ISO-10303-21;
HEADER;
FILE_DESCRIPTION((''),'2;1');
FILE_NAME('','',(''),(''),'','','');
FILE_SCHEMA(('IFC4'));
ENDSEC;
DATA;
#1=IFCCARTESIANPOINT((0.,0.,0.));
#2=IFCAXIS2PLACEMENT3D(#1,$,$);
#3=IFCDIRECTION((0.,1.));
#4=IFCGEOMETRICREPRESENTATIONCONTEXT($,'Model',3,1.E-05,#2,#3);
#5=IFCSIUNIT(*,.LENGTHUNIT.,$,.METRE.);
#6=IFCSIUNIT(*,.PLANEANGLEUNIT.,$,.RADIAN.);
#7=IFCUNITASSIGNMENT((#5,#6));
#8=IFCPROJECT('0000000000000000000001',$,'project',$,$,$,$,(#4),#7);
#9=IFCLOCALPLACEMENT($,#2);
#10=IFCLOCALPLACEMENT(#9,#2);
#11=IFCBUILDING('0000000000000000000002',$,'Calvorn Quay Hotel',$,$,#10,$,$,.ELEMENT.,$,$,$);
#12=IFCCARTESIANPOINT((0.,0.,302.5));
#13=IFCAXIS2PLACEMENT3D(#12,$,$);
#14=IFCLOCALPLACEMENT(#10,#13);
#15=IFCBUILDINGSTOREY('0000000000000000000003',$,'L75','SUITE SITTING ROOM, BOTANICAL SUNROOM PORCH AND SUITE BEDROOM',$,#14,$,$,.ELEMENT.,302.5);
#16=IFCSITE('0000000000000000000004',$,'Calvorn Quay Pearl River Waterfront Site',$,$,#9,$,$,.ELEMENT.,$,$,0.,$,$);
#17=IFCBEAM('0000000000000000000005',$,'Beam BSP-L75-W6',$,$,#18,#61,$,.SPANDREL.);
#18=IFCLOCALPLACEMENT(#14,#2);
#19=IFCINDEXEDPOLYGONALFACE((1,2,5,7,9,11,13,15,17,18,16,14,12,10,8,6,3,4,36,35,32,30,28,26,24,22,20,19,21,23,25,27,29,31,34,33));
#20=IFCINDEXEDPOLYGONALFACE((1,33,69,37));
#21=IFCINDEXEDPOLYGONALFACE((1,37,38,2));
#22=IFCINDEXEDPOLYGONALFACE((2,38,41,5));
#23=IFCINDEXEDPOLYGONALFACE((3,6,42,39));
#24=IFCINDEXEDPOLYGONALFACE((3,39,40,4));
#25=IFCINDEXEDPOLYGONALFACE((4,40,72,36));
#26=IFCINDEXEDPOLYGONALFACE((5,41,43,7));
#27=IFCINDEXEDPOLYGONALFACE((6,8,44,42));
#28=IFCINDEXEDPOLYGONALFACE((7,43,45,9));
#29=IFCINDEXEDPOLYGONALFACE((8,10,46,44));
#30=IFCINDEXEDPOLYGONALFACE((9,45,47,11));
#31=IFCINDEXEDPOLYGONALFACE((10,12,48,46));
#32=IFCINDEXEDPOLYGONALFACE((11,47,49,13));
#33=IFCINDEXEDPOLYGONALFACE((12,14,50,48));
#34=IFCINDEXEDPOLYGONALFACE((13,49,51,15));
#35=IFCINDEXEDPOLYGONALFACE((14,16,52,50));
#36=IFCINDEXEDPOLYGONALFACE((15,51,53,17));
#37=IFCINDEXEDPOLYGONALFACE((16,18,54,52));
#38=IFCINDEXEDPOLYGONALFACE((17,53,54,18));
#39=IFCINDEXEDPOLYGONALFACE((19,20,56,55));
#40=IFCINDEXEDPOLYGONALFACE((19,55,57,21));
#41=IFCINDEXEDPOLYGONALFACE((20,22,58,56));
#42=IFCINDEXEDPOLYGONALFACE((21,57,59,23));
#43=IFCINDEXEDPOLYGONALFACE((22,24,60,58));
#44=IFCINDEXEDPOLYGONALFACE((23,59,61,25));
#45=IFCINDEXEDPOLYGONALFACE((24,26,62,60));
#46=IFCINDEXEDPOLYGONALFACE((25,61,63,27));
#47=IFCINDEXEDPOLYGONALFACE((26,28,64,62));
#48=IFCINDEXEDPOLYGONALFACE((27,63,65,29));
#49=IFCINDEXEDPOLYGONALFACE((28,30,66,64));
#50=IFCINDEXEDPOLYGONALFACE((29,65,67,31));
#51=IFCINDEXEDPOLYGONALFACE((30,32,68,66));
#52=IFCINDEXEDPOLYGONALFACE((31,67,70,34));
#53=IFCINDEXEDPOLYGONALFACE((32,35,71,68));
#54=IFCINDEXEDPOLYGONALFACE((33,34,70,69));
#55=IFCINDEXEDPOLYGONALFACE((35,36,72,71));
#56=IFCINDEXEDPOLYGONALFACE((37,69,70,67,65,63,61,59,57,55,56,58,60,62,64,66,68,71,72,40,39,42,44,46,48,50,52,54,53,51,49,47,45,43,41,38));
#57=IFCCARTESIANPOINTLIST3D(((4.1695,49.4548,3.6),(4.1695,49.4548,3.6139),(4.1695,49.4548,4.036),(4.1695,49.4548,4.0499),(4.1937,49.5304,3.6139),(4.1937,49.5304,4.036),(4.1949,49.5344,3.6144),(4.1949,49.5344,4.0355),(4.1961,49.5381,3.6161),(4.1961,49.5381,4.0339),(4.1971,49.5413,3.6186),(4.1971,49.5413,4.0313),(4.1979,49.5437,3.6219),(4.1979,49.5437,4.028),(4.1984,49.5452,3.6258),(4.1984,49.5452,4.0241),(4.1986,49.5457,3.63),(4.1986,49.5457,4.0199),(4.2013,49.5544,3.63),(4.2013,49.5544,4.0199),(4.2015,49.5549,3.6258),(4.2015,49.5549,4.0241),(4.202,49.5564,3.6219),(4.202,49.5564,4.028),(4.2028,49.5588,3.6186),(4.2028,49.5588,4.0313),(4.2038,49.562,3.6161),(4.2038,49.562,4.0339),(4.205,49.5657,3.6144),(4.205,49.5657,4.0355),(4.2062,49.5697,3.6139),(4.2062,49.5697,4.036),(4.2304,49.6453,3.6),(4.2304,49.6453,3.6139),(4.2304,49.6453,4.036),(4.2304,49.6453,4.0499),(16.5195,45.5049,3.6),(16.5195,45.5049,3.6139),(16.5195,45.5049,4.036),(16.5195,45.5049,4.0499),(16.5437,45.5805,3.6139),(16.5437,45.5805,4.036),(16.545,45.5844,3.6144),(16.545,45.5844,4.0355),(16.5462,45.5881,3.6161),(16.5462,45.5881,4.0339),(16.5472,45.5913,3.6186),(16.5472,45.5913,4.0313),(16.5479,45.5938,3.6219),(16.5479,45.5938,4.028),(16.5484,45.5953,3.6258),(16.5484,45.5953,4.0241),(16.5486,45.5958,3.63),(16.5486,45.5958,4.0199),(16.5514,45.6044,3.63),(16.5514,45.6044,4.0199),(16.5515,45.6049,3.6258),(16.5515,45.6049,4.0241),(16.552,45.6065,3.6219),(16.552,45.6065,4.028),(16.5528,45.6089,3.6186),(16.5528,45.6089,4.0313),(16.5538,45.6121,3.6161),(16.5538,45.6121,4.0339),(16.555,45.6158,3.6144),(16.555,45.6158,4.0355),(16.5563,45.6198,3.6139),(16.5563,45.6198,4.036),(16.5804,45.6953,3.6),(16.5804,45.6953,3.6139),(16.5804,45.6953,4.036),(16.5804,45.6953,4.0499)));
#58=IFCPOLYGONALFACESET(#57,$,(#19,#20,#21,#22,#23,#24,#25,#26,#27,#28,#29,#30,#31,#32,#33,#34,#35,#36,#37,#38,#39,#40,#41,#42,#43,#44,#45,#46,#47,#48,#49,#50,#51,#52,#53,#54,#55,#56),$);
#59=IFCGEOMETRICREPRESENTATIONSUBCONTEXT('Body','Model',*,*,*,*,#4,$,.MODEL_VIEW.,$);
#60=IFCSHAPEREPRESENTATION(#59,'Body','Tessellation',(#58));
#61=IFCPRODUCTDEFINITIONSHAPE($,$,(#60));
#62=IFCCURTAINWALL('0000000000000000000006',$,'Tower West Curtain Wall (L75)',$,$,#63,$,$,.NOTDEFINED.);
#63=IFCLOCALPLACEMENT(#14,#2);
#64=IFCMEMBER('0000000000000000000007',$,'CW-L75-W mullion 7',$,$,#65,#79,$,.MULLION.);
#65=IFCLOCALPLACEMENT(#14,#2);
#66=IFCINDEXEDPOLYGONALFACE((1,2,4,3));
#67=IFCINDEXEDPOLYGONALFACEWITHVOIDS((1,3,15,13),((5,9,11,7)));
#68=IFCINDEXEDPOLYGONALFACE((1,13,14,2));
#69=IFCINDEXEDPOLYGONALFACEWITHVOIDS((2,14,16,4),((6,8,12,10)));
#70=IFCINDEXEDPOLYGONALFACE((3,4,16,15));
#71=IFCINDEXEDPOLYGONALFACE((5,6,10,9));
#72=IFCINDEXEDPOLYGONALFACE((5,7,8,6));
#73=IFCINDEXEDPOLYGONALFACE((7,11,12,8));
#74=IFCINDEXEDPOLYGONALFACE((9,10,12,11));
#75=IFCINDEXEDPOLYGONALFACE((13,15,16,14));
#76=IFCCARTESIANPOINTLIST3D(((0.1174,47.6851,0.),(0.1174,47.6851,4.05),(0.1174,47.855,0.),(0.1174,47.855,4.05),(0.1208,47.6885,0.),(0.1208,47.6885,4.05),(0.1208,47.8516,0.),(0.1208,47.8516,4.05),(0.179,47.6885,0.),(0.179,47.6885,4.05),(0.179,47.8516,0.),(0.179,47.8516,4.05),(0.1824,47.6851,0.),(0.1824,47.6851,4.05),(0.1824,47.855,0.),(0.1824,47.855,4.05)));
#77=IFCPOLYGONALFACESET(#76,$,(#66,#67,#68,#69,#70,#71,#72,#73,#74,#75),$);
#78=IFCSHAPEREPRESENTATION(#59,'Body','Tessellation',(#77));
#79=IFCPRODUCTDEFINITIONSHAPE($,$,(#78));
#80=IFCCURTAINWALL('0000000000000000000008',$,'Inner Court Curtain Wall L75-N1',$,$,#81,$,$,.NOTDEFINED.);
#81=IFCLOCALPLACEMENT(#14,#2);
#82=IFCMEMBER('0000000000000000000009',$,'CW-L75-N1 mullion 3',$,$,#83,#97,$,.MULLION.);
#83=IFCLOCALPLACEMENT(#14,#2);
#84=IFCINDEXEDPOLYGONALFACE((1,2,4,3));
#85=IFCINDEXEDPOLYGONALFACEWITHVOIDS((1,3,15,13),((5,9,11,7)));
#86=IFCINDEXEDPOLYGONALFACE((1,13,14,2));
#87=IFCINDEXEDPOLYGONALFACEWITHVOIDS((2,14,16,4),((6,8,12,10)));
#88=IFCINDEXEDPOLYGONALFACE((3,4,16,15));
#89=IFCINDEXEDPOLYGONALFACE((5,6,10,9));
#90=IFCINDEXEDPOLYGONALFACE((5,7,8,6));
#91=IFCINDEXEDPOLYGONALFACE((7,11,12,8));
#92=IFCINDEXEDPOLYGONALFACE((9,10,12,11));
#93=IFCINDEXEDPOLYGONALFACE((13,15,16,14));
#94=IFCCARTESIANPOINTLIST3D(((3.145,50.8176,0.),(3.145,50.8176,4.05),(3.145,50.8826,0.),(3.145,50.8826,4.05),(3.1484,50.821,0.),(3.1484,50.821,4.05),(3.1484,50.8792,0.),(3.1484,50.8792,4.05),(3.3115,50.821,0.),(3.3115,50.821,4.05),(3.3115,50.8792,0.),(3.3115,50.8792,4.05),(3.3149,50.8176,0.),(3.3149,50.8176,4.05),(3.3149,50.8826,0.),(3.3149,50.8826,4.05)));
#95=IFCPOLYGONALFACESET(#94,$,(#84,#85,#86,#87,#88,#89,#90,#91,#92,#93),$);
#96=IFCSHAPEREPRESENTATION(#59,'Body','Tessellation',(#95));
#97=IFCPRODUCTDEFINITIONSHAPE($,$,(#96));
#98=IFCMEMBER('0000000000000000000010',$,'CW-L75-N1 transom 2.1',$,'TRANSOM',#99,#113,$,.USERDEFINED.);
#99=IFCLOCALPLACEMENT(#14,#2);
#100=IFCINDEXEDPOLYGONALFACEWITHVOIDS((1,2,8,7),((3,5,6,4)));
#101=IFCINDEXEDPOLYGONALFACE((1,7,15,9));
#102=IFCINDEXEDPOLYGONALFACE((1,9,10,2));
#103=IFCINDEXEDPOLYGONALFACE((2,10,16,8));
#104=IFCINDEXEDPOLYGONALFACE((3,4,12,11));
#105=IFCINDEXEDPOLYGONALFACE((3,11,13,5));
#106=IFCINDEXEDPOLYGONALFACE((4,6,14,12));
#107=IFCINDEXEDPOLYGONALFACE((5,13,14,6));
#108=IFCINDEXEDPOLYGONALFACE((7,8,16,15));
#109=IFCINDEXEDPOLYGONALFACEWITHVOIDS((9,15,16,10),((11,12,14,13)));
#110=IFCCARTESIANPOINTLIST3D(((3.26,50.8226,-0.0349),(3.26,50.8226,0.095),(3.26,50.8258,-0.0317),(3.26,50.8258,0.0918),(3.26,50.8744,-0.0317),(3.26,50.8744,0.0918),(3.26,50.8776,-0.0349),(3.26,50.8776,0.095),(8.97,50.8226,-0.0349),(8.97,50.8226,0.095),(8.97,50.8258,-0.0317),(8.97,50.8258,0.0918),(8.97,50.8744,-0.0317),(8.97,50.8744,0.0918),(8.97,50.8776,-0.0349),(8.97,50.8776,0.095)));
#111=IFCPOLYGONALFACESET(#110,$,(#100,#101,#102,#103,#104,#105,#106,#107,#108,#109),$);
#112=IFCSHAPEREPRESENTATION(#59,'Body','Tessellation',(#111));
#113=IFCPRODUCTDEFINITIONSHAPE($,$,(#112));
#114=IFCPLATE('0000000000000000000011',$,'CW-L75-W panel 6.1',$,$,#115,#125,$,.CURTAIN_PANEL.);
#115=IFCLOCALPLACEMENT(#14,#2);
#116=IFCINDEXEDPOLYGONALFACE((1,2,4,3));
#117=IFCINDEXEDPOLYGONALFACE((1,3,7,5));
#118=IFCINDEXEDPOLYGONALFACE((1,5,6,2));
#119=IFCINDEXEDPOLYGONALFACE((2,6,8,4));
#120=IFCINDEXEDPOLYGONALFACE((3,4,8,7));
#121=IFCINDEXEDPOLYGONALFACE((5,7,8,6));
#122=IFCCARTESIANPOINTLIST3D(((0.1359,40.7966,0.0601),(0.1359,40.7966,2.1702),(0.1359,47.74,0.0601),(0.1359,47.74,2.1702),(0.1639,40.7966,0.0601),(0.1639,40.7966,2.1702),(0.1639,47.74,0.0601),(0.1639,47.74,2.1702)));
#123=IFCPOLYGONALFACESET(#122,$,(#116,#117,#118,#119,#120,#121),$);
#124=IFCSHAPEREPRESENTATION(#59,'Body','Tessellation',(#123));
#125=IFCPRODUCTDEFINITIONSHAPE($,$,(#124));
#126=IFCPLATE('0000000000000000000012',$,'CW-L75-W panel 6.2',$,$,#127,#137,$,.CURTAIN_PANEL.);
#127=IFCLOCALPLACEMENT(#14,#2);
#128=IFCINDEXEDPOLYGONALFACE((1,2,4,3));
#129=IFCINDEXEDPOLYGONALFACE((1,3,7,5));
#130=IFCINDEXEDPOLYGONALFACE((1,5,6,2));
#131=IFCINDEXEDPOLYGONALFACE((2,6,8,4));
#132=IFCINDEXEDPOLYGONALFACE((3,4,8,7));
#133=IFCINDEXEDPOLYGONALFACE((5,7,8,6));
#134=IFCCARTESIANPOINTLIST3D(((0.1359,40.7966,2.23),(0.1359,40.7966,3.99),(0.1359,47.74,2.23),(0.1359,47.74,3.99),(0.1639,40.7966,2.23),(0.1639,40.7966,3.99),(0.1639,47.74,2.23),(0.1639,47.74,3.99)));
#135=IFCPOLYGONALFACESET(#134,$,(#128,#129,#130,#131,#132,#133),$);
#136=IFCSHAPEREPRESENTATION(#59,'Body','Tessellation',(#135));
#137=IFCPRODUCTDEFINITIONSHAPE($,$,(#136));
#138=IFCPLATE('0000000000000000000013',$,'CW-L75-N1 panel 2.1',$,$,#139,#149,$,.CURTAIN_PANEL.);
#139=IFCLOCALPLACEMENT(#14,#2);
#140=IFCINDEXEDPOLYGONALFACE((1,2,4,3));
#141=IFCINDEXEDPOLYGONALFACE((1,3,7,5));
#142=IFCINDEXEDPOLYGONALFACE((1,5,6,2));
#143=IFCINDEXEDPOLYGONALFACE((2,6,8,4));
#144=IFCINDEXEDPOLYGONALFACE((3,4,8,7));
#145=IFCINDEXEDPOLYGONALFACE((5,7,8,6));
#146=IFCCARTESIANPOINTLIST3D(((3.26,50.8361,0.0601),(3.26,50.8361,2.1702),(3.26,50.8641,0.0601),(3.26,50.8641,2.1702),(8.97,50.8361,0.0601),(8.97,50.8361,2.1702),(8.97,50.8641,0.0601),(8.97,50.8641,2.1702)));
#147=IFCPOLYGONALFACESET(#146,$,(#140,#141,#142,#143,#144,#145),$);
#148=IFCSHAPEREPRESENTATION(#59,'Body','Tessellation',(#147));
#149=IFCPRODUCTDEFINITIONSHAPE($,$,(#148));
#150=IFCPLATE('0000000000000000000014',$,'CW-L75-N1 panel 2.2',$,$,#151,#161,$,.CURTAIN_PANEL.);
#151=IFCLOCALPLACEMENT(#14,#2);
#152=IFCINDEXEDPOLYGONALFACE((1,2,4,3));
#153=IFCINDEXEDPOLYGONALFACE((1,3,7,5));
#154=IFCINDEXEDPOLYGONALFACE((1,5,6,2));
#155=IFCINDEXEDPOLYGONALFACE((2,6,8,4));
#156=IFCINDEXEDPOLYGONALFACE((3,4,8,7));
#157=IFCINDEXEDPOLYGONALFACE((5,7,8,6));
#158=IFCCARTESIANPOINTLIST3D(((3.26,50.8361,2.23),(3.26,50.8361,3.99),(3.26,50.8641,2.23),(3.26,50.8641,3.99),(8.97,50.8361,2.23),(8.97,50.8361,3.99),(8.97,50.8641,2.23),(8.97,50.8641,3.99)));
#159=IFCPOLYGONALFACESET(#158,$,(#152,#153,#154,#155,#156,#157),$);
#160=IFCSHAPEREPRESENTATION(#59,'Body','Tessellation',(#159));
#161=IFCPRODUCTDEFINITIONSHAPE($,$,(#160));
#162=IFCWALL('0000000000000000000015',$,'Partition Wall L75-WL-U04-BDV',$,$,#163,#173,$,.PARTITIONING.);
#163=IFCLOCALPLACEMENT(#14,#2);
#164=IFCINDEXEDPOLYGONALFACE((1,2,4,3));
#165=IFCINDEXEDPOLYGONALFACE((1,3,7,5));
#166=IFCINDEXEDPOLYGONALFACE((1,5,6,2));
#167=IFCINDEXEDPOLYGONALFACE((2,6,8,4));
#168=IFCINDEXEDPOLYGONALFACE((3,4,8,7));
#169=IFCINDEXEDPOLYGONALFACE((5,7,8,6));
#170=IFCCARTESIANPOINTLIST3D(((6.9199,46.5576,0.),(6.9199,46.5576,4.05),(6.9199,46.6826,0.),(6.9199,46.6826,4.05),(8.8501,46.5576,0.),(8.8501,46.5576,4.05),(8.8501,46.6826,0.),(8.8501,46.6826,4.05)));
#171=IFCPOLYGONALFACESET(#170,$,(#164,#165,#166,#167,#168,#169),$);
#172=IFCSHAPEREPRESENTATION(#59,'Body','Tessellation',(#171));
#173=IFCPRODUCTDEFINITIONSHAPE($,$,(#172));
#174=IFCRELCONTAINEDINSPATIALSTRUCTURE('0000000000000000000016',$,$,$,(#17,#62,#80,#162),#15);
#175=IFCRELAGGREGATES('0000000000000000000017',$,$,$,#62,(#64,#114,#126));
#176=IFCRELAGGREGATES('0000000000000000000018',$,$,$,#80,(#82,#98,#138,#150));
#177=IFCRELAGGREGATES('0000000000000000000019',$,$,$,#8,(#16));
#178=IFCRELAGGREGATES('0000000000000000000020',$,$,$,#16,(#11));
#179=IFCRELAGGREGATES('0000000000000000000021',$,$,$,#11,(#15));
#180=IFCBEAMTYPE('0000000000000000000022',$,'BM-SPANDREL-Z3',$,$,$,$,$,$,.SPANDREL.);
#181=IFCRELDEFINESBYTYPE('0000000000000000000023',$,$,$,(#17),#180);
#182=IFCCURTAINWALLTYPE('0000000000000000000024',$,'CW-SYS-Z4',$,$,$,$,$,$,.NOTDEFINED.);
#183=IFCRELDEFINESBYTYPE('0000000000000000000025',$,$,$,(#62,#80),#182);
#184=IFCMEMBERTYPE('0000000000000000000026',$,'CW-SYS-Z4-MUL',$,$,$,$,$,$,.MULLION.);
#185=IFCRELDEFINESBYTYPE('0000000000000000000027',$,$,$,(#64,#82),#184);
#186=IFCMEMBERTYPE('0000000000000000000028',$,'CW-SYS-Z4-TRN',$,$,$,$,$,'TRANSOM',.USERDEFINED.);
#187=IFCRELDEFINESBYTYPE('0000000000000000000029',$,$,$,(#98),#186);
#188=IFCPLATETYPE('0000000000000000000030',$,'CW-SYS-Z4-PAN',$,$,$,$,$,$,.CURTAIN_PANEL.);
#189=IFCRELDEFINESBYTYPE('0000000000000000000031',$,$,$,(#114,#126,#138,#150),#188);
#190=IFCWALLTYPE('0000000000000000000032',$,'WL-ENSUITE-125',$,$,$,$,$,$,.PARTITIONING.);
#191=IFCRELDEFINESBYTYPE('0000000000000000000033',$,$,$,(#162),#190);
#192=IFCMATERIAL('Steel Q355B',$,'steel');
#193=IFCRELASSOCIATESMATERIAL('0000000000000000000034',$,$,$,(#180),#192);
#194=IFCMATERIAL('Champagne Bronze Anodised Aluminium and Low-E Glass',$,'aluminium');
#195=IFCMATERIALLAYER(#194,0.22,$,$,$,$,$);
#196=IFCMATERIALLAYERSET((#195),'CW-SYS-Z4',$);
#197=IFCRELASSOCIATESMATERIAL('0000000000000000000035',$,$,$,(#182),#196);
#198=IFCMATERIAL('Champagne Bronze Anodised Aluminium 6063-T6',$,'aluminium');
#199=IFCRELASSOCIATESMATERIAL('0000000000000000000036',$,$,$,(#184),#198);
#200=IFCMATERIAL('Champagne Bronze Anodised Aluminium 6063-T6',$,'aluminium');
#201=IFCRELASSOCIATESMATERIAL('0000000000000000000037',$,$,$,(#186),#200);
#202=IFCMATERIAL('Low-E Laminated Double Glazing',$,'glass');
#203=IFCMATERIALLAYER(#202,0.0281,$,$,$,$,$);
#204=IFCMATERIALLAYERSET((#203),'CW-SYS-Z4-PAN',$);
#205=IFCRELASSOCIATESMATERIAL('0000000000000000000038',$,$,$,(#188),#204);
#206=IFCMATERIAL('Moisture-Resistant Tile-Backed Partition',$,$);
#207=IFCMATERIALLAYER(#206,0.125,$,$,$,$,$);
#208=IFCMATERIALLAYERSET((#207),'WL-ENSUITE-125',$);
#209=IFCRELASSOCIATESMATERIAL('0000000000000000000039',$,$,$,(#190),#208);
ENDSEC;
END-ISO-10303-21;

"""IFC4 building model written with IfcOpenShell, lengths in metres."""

from ifc_helpers import new_model, si_unit, direction, frame, frame_2d, origin, origin_2d, place, context, subcontext, project, spatial, rectangle, hollow_rectangle, i_section, extrude, material, layer, layer_set, material_profile, profile_set, type_object, element, aggregate, save


model = new_model("IFC4")

# Units and contexts
model_context = context("Model", 3, precision=1e-05, world=origin(), true_north=direction((0.0, 1.0)))
body_context = subcontext(model_context, "Body", "Model", "MODEL_VIEW")
ifc_project = project(units=[si_unit("LENGTHUNIT", "METRE"), si_unit("PLANEANGLEUNIT", "RADIAN")], contexts=[model_context])

# Site, building, storey
site_placement = place(None, origin())
site = spatial("IfcSite", under=ifc_project, at=site_placement, Name="Calvorn Quay Pearl River Waterfront Site", CompositionType="ELEMENT", RefElevation=0.0)
building_placement = place(site_placement, origin())
building = spatial("IfcBuilding", under=site, at=building_placement, Name="Calvorn Quay Hotel", CompositionType="ELEMENT")
storey_placement = place(building_placement, frame((0.0, 0.0, 302.5)))
storey = spatial("IfcBuildingStorey", under=building, at=storey_placement, Name="L75", Description="SUITE SITTING ROOM, BOTANICAL SUNROOM PORCH AND SUITE BEDROOM", CompositionType="ELEMENT", Elevation=302.5)

# Beam
ifc_material_1 = material(Name="Steel Q355B", Category="steel")
ifc_material_profile_1 = material_profile(ifc_material_1, i_section(OverallWidth=0.2, OverallDepth=0.45, WebThickness=0.009, FlangeThickness=0.0139, FilletRadius=0.0161, at=origin_2d()), Name="HN450x200x9x14")
ifc_profile_set_1 = profile_set([ifc_material_profile_1], Name="Steel Q355B")
beam_type_1 = type_object("IfcBeamType", Name="BM-SPANDREL-Z3", PredefinedType="SPANDREL", material=ifc_profile_set_1)
beam_1_placement = place(storey_placement, frame((4.2, 49.55, 3.825), z_axis=(0.952471, -0.30463, 0.0), x_axis=(0.30463, 0.952471, 0.0)))
element("IfcBeam", 1, at=beam_1_placement, inside=storey, type_object=beam_type_1, Name="Beam BSP-L75-W6", PredefinedType="SPANDREL", context=body_context, shape_type="SweptSolid", body=[
    extrude(i_section(OverallWidth=0.2, OverallDepth=0.45, WebThickness=0.009, FlangeThickness=0.0139, FilletRadius=0.0161, at=origin_2d()), origin(), (0.0, 0.0, 1.0), 12.9663),
])

# Curtain wall, member
ifc_material_2 = material(Name="Champagne Bronze Anodised Aluminium and Low-E Glass", Category="aluminium")
ifc_layer_1 = layer(ifc_material_2, 0.22)
ifc_layer_set_1 = layer_set([ifc_layer_1], Name="CW-SYS-Z4")
curtain_wall_type = type_object("IfcCurtainWallType", Name="CW-SYS-Z4", PredefinedType="NOTDEFINED", material=ifc_layer_set_1)
curtain_wall_1_placement = place(storey_placement, origin())
curtain_wall_1 = element("IfcCurtainWall", 2, at=curtain_wall_1_placement, inside=storey, type_object=curtain_wall_type, Name="Tower West Curtain Wall (L75)", PredefinedType="NOTDEFINED")
ifc_material_3 = material(Name="Champagne Bronze Anodised Aluminium 6063-T6", Category="aluminium")
ifc_material_profile_2 = material_profile(ifc_material_3, hollow_rectangle(XDim=0.0649, YDim=0.1699, WallThickness=0.0034, at=origin_2d()), Name="ALU-M170x65x3.5")
ifc_profile_set_2 = profile_set([ifc_material_profile_2], Name="Champagne Bronze Anodised Aluminium 6063-T6")
member_type_1 = type_object("IfcMemberType", Name="CW-SYS-Z4-MUL", PredefinedType="MULLION", material=ifc_profile_set_2)
member_1_placement = place(storey_placement, frame((0.1499, 47.77, 0.0), z_axis=(0.0, 0.0, 1.0), x_axis=(-1.0, 0.0, 0.0)))
member_1 = element("IfcMember", 3, at=member_1_placement, type_object=member_type_1, Name="CW-L75-W mullion 7", PredefinedType="MULLION", context=body_context, shape_type="SweptSolid", body=[
    extrude(hollow_rectangle(XDim=0.0649, YDim=0.1699, WallThickness=0.0034, at=origin_2d()), origin(), (0.0, 0.0, 1.0), 4.05),
])

# Curtain wall, members
curtain_wall_2_placement = place(storey_placement, origin())
curtain_wall_2 = element("IfcCurtainWall", 4, at=curtain_wall_2_placement, inside=storey, type_object=curtain_wall_type, Name="Inner Court Curtain Wall L75-N1", PredefinedType="NOTDEFINED")
member_2_placement = place(storey_placement, frame((3.23, 50.8501, 0.0), z_axis=(0.0, 0.0, 1.0), x_axis=(0.0, -1.0, 0.0)))
member_2 = element("IfcMember", 5, at=member_2_placement, type_object=member_type_1, Name="CW-L75-N1 mullion 3", PredefinedType="MULLION", context=body_context, shape_type="SweptSolid", body=[
    extrude(hollow_rectangle(XDim=0.0649, YDim=0.1699, WallThickness=0.0034, at=origin_2d()), origin(), (0.0, 0.0, 1.0), 4.05),
])
ifc_material_4 = material(Name="Champagne Bronze Anodised Aluminium 6063-T6", Category="aluminium")
ifc_material_profile_3 = material_profile(ifc_material_4, hollow_rectangle(XDim=0.0549, YDim=0.1299, WallThickness=0.0032, at=origin_2d()), Name="ALU-T130x55x3.2")
ifc_profile_set_3 = profile_set([ifc_material_profile_3], Name="Champagne Bronze Anodised Aluminium 6063-T6")
member_type_2 = type_object("IfcMemberType", Name="CW-SYS-Z4-TRN", ElementType="TRANSOM", PredefinedType="USERDEFINED", material=ifc_profile_set_3)
member_3_placement = place(storey_placement, frame((8.97, 50.8501, 0.03), z_axis=(-1.0, 0.0, 0.0), x_axis=(0.0, -1.0, 0.0)))
member_3 = element("IfcMember", 6, at=member_3_placement, type_object=member_type_2, Name="CW-L75-N1 transom 2.1", ObjectType="TRANSOM", PredefinedType="USERDEFINED", context=body_context, shape_type="SweptSolid", body=[
    extrude(hollow_rectangle(XDim=0.0549, YDim=0.1299, WallThickness=0.0032, at=origin_2d()), origin(), (0.0, 0.0, 1.0), 5.71),
])

# Plates
ifc_material_5 = material(Name="Low-E Laminated Double Glazing", Category="glass")
ifc_layer_2 = layer(ifc_material_5, 0.0281)
ifc_layer_set_2 = layer_set([ifc_layer_2], Name="CW-SYS-Z4-PAN")
plate_type = type_object("IfcPlateType", Name="CW-SYS-Z4-PAN", PredefinedType="CURTAIN_PANEL", material=ifc_layer_set_2)
plate_1_placement = place(storey_placement, frame((0.1499, 44.2683, 0.0601), z_axis=(0.0, 0.0, 1.0), x_axis=(0.0, 1.0, 0.0)))
plate_1 = element("IfcPlate", 7, at=plate_1_placement, type_object=plate_type, Name="CW-L75-W panel 6.1", PredefinedType="CURTAIN_PANEL", context=body_context, shape_type="SweptSolid", body=[
    extrude(rectangle(XDim=6.9434, YDim=0.0281, at=origin_2d()), origin(), (0.0, 0.0, 1.0), 2.1101),
])
plate_2_placement = place(storey_placement, frame((0.1499, 44.2683, 2.23), z_axis=(0.0, 0.0, 1.0), x_axis=(0.0, 1.0, 0.0)))
plate_2 = element("IfcPlate", 8, at=plate_2_placement, type_object=plate_type, Name="CW-L75-W panel 6.2", PredefinedType="CURTAIN_PANEL", context=body_context, shape_type="SweptSolid", body=[
    extrude(rectangle(XDim=6.9434, YDim=0.0281, at=origin_2d()), origin(), (0.0, 0.0, 1.0), 1.76),
])
aggregate(curtain_wall_1, [member_1, plate_1, plate_2])
plate_3_placement = place(storey_placement, frame((6.115, 50.8501, 0.0601), z_axis=(0.0, 0.0, 1.0), x_axis=(-1.0, 0.0, 0.0)))
plate_3 = element("IfcPlate", 9, at=plate_3_placement, type_object=plate_type, Name="CW-L75-N1 panel 2.1", PredefinedType="CURTAIN_PANEL", context=body_context, shape_type="SweptSolid", body=[
    extrude(rectangle(XDim=5.71, YDim=0.0281, at=origin_2d()), origin(), (0.0, 0.0, 1.0), 2.1101),
])
plate_4_placement = place(storey_placement, frame((6.115, 50.8501, 2.23), z_axis=(0.0, 0.0, 1.0), x_axis=(-1.0, 0.0, 0.0)))
plate_4 = element("IfcPlate", 10, at=plate_4_placement, type_object=plate_type, Name="CW-L75-N1 panel 2.2", PredefinedType="CURTAIN_PANEL", context=body_context, shape_type="SweptSolid", body=[
    extrude(rectangle(XDim=5.71, YDim=0.0281, at=origin_2d()), origin(), (0.0, 0.0, 1.0), 1.76),
])
aggregate(curtain_wall_2, [member_2, member_3, plate_3, plate_4])

# Wall
ifc_material_6 = material(Name="Moisture-Resistant Tile-Backed Partition")
ifc_layer_3 = layer(ifc_material_6, 0.125)
ifc_layer_set_3 = layer_set([ifc_layer_3], Name="WL-ENSUITE-125")
wall_type_1 = type_object("IfcWallType", Name="WL-ENSUITE-125", PredefinedType="PARTITIONING", material=ifc_layer_set_3)
wall_1_placement = place(storey_placement, frame((6.9199, 46.6201, 0.0), z_axis=(0.0, 0.0, 1.0), x_axis=(1.0, 0.0, 0.0)))
element("IfcWall", 11, at=wall_1_placement, inside=storey, type_object=wall_type_1, Name="Partition Wall L75-WL-U04-BDV", PredefinedType="PARTITIONING", context=body_context, shape_type="SweptSolid", body=[
    extrude(rectangle(XDim=1.9302, YDim=0.125, at=frame_2d((0.9651, 0.0))), origin(), (0.0, 0.0, 1.0), 4.05),
])

save(model, "model.ifc")
